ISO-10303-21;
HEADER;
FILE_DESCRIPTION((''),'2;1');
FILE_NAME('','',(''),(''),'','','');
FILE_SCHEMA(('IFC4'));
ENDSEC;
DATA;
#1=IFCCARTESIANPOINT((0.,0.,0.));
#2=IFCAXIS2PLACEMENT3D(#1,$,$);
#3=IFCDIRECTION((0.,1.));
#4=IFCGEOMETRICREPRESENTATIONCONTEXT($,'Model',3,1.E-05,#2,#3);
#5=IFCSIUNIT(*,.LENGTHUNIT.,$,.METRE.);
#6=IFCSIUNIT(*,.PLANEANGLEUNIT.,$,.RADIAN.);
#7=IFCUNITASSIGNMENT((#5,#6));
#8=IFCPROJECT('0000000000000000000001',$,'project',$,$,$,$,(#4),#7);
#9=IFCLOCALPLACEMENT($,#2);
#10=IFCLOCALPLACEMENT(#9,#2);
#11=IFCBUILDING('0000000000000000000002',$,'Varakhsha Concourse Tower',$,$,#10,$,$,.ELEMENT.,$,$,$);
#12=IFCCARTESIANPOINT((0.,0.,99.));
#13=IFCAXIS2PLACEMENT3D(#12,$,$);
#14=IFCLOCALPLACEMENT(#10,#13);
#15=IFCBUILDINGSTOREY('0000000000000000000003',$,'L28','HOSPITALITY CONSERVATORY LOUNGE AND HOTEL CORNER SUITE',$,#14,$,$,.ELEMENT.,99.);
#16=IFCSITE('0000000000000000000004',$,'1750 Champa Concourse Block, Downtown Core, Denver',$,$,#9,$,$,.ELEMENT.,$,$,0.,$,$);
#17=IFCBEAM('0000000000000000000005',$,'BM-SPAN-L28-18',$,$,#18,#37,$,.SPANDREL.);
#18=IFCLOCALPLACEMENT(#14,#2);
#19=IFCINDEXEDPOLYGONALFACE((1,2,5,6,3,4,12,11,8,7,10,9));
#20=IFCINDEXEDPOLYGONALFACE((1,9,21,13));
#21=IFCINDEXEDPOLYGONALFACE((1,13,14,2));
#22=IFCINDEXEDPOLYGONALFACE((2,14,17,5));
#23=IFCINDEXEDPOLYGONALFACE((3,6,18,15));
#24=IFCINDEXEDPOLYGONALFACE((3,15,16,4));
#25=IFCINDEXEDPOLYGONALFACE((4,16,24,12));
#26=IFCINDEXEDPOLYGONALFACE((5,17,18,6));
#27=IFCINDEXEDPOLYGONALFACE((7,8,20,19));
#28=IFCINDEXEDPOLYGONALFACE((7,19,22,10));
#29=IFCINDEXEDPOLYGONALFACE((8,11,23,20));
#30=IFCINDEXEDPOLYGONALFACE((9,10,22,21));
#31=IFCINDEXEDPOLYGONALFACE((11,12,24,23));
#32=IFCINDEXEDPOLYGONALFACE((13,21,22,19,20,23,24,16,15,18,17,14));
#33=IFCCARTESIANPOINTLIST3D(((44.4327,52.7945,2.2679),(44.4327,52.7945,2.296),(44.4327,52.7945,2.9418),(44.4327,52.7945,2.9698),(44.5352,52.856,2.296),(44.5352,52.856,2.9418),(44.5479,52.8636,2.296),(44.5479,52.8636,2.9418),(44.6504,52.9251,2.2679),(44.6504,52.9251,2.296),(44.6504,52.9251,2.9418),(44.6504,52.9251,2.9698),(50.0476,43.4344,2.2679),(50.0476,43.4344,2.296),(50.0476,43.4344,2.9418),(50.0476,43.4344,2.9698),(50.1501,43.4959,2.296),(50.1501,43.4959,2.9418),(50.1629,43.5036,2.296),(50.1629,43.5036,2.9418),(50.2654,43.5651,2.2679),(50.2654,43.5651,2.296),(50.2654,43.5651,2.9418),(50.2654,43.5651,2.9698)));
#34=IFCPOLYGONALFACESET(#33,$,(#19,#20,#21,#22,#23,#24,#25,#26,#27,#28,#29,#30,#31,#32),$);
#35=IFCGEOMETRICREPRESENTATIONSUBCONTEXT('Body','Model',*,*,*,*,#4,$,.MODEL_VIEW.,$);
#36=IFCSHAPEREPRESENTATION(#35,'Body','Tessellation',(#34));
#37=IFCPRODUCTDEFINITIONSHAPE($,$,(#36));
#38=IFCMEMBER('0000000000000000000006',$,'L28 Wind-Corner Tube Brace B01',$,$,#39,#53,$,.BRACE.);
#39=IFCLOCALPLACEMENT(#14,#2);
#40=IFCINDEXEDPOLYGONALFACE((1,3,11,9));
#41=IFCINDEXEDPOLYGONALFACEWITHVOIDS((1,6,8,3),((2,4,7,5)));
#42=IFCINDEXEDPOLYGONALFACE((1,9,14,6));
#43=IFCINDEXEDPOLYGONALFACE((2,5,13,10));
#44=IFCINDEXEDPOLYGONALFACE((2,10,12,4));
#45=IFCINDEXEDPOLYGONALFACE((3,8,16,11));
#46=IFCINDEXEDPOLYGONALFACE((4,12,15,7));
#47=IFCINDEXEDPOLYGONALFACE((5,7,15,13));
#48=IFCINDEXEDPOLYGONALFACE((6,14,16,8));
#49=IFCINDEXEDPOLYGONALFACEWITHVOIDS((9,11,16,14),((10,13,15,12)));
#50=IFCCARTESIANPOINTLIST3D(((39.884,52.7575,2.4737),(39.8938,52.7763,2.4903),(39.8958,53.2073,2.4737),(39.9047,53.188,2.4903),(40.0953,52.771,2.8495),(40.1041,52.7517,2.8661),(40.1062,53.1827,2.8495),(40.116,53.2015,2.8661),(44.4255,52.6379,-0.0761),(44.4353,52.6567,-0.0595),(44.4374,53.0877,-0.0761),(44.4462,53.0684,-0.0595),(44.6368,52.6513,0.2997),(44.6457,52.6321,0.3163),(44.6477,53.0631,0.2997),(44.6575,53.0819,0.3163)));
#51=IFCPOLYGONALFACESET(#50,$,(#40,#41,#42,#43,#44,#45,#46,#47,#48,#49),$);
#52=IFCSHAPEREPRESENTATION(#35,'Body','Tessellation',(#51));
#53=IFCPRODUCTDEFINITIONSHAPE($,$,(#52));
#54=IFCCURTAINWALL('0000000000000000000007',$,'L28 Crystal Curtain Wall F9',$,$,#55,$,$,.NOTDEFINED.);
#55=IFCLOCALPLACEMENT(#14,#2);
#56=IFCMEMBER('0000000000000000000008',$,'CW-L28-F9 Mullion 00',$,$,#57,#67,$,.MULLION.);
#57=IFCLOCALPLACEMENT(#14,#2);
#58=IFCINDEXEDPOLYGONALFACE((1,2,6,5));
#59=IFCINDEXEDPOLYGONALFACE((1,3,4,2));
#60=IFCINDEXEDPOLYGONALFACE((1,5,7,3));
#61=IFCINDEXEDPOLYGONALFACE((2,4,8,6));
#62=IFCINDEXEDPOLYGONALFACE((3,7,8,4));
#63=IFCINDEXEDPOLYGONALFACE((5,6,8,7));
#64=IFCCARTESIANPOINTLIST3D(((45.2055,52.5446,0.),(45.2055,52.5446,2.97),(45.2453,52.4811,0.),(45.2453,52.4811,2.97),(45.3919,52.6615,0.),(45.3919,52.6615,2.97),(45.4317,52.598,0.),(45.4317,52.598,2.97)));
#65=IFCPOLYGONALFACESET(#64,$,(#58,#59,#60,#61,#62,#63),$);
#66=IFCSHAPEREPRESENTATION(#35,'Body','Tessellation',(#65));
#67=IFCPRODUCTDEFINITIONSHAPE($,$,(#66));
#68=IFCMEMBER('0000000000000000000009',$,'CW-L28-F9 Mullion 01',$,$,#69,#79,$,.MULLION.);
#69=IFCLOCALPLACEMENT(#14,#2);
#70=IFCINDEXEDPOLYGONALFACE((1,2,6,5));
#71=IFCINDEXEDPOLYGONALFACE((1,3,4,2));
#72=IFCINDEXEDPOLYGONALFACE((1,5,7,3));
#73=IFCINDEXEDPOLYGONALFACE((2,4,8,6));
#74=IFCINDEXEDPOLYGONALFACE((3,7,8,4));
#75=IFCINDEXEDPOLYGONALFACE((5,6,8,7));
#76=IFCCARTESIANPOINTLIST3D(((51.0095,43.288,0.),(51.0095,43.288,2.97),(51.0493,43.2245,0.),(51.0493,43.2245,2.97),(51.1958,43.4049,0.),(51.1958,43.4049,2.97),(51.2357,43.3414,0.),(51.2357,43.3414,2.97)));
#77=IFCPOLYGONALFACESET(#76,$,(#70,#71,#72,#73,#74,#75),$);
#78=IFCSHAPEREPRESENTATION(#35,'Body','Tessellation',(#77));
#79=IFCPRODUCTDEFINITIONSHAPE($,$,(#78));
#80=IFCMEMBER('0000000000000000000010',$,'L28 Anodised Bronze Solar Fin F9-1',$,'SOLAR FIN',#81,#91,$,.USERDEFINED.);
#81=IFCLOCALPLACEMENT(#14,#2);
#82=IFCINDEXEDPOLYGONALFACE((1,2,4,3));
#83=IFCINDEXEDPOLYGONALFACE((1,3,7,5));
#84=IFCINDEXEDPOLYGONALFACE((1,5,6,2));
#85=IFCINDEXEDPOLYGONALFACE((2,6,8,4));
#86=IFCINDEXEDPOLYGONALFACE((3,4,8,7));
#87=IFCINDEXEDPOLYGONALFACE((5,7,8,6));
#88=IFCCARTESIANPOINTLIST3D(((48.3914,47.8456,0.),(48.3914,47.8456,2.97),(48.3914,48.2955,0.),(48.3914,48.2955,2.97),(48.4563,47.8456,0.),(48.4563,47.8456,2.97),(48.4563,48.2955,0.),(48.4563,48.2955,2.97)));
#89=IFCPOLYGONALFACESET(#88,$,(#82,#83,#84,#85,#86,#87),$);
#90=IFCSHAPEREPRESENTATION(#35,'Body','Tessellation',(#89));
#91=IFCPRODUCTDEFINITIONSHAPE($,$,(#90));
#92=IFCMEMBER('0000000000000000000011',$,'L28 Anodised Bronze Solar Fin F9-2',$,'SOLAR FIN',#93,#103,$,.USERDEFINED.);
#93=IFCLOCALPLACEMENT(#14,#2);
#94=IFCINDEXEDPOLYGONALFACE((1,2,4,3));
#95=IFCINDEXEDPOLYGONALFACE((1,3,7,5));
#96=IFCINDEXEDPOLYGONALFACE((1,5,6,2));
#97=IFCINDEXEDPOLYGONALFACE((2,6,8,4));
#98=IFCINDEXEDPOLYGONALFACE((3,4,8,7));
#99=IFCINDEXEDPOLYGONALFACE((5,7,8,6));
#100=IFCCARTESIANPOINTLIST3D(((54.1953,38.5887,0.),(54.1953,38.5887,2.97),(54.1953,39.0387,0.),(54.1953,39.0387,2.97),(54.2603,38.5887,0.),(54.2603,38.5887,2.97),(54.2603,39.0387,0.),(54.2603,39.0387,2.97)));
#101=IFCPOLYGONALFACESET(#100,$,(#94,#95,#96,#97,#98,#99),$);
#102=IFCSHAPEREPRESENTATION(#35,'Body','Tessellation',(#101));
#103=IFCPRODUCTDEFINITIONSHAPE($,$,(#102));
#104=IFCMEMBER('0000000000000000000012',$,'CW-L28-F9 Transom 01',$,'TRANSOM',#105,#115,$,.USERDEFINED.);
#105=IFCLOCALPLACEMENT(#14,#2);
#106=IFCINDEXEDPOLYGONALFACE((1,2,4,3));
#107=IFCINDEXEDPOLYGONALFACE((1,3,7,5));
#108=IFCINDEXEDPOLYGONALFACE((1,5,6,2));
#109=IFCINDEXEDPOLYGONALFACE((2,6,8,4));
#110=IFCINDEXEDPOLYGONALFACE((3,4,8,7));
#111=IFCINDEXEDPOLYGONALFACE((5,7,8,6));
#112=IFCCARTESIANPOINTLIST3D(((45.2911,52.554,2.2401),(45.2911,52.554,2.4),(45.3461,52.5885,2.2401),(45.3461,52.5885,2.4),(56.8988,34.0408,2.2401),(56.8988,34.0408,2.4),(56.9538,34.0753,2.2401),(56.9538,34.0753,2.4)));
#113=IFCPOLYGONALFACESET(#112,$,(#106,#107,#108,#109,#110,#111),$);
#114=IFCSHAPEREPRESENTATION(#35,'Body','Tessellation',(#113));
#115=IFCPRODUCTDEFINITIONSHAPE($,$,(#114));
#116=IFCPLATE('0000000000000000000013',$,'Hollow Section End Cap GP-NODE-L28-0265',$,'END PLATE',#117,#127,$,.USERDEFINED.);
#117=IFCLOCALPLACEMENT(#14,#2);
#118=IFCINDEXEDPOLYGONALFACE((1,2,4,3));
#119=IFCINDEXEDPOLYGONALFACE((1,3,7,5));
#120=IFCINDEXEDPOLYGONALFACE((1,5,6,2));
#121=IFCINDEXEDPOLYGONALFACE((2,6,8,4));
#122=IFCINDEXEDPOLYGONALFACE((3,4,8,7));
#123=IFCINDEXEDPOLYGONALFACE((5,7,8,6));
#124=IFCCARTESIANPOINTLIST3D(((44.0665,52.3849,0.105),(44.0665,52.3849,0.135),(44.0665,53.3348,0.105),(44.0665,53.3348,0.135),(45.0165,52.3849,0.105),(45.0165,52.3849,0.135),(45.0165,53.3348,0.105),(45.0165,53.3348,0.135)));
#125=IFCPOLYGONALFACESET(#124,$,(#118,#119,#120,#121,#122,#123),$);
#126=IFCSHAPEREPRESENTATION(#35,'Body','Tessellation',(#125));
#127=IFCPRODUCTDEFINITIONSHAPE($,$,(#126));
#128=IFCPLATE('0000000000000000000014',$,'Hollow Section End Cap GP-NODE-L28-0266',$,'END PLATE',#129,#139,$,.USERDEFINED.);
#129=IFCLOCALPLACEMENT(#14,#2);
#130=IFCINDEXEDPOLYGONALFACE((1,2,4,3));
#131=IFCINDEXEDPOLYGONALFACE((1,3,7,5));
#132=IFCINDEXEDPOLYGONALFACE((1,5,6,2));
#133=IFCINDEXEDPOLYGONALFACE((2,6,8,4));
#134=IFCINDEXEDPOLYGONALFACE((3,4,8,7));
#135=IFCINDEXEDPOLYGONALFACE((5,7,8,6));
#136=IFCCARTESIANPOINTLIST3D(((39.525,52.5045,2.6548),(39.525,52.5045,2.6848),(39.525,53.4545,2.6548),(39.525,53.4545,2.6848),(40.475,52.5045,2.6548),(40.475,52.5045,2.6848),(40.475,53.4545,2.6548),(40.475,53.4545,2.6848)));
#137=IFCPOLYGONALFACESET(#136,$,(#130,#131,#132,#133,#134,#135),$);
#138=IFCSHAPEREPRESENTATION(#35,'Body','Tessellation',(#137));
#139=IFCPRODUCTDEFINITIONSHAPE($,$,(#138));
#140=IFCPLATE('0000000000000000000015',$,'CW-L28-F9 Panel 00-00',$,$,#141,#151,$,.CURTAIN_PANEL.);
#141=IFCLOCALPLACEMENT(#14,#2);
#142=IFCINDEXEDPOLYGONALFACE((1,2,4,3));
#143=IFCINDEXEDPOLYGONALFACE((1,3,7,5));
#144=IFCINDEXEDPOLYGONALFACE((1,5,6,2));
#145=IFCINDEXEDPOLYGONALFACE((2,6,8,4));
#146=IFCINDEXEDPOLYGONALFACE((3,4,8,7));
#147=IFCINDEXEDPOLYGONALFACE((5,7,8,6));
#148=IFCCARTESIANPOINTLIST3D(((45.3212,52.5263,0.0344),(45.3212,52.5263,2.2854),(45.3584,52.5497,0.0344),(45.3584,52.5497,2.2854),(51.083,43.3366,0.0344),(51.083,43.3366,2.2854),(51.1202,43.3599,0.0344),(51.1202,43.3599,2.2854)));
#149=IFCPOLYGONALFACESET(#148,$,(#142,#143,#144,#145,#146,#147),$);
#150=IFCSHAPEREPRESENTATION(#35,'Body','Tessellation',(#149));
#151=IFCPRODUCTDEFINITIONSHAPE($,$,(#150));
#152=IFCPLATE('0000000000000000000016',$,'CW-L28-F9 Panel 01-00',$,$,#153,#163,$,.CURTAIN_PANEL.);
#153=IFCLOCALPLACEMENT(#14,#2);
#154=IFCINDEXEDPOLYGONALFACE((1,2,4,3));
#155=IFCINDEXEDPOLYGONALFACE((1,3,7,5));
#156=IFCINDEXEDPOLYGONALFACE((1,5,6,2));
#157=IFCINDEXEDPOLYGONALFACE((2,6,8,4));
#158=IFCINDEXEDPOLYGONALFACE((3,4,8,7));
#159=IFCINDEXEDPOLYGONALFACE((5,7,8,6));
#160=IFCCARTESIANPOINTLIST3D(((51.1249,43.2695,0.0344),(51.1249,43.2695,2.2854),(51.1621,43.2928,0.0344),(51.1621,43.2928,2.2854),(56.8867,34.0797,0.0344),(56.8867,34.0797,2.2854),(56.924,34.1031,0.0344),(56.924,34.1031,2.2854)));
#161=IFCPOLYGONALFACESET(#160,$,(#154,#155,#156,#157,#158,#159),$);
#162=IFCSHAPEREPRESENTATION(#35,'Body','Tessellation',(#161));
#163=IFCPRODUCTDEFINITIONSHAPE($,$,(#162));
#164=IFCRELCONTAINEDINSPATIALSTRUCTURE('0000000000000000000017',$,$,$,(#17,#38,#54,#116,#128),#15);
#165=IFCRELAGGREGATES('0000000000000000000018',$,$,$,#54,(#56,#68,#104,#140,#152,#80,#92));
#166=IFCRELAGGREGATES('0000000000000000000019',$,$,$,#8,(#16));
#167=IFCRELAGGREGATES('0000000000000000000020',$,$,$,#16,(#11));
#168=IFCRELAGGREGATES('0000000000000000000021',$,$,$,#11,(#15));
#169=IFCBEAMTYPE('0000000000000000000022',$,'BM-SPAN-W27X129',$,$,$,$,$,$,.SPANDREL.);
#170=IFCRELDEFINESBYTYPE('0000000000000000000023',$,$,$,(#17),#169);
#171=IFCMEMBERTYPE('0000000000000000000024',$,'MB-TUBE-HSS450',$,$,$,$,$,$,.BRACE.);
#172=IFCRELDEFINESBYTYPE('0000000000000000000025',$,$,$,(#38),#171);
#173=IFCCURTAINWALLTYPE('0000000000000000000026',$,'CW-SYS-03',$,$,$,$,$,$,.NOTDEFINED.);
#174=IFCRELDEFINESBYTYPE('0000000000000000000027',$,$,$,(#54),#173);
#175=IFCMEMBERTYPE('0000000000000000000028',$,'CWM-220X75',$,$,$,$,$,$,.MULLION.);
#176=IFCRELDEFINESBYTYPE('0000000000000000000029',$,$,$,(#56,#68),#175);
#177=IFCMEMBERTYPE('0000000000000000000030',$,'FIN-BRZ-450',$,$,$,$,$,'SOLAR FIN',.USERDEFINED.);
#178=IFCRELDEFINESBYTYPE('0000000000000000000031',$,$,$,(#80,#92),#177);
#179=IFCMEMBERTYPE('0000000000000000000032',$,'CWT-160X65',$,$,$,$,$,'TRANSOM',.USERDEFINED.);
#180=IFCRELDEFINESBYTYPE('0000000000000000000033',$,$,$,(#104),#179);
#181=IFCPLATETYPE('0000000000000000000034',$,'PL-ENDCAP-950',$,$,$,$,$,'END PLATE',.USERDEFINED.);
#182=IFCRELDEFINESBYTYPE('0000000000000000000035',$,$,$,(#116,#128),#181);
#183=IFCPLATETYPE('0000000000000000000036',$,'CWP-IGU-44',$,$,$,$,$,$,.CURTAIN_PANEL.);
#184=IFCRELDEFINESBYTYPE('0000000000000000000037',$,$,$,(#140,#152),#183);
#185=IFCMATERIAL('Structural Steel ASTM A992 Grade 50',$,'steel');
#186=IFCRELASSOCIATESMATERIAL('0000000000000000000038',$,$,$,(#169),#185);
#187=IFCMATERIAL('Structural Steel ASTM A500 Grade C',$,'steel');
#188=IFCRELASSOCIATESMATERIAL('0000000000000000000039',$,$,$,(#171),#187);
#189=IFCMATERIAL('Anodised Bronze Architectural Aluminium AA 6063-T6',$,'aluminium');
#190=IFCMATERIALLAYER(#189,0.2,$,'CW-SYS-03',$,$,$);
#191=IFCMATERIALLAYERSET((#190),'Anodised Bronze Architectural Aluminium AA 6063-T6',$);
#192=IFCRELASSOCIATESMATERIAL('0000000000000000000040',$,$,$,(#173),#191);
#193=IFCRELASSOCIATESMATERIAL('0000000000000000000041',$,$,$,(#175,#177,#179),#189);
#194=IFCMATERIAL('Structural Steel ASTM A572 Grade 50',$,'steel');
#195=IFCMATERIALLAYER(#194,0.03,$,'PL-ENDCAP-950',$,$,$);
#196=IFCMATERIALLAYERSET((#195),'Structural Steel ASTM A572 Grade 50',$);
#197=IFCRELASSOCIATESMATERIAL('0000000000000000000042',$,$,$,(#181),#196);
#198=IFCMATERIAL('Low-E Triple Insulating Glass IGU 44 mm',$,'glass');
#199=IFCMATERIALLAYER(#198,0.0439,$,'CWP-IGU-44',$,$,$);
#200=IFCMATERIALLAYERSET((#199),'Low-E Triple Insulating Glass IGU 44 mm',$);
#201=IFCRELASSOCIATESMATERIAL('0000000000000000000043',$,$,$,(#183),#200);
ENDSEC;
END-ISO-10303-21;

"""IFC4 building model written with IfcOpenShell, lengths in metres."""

from ifc_helpers import new_model, si_unit, direction, frame, origin, origin_2d, place, context, subcontext, project, spatial, rectangle, hollow_rectangle, i_section, extrude, source, transform, mapped, material, layer, layer_set, material_profile, profile_set, type_object, type_shapes, element, aggregate, save


model = new_model("IFC4")

# Units and contexts
model_context = context("Model", 3, precision=1e-05, world=origin(), true_north=direction((0.0, 1.0)))
body_context = subcontext(model_context, "Body", "Model", "MODEL_VIEW")
ifc_project = project(units=[si_unit("LENGTHUNIT", "METRE"), si_unit("PLANEANGLEUNIT", "RADIAN")], contexts=[model_context])

# Site, building, storey
site_placement = place(None, origin())
site = spatial("IfcSite", under=ifc_project, at=site_placement, Name="1750 Champa Concourse Block, Downtown Core, Denver", CompositionType="ELEMENT", RefElevation=0.0)
building_placement = place(site_placement, origin())
building = spatial("IfcBuilding", under=site, at=building_placement, Name="Varakhsha Concourse Tower", CompositionType="ELEMENT")
storey_placement = place(building_placement, frame((0.0, 0.0, 99.0)))
storey = spatial("IfcBuildingStorey", under=building, at=storey_placement, Name="L28", Description="HOSPITALITY CONSERVATORY LOUNGE AND HOTEL CORNER SUITE", CompositionType="ELEMENT", Elevation=99.0)

# Shared definitions
ifc_material_1 = material(Name="Structural Steel ASTM A992 Grade 50", Category="steel")
ifc_material_2 = material(Name="Structural Steel ASTM A572 Grade 50", Category="steel")

# Beam
ifc_material_profile_1 = material_profile(ifc_material_1, i_section(OverallWidth=0.2539, OverallDepth=0.7019, WebThickness=0.0149, FlangeThickness=0.0281, at=origin_2d()), Name="W27X129")
ifc_profile_set_1 = profile_set([ifc_material_profile_1], Name="Structural Steel ASTM A992 Grade 50")
beam_type_1 = type_object("IfcBeamType", Name="BM-SPAN-W27X129", PredefinedType="SPANDREL", material=ifc_profile_set_1)
beam_1_placement = place(storey_placement, frame((50.1565, 43.4998, 2.6189), z_axis=(-0.514423, 0.857536, 0.0), x_axis=(-0.857536, -0.514423, 0.0)))
element("IfcBeam", 1, at=beam_1_placement, inside=storey, type_object=beam_type_1, Name="BM-SPAN-L28-18", PredefinedType="SPANDREL", context=body_context, shape_type="SweptSolid", body=[
    extrude(i_section(OverallWidth=0.2539, OverallDepth=0.7019, WebThickness=0.0149, FlangeThickness=0.0281, at=origin_2d()), origin(), (0.0, 0.0, 1.0), 10.915),
])

# Member
ifc_material_3 = material(Name="Structural Steel ASTM A500 Grade C", Category="steel")
ifc_material_profile_2 = material_profile(ifc_material_3, hollow_rectangle(XDim=0.45, YDim=0.45, WallThickness=0.019, at=origin_2d()), Name="HSS 450x450x19")
ifc_profile_set_2 = profile_set([ifc_material_profile_2], Name="Structural Steel ASTM A500 Grade C")
member_type_1 = type_object("IfcMemberType", Name="MB-TUBE-HSS450", PredefinedType="BRACE", material=ifc_profile_set_2)
shared_shape_1 = source(origin(), body_context, "Body", "SweptSolid", [
    extrude(hollow_rectangle(XDim=0.45, YDim=0.45, WallThickness=0.019, at=origin_2d()), origin(), (0.0, 0.0, 1.0), 5.2097),
])
type_shapes(member_type_1, [shared_shape_1])
member_1_placement = place(storey_placement, frame((44.5415, 52.8599, 0.1201), z_axis=(-0.871738, 0.022963, 0.489433), x_axis=(-0.026332, -0.999653, 0.0)))
element("IfcMember", 2, at=member_1_placement, inside=storey, type_object=member_type_1, Name="L28 Wind-Corner Tube Brace B01", PredefinedType="BRACE", context=body_context, shape_type="MappedRepresentation", body=[
    mapped(shared_shape_1, transform((0.0, 0.0, 0.0), scale=1.0)),
])

# Curtain wall, members
ifc_material_4 = material(Name="Anodised Bronze Architectural Aluminium AA 6063-T6", Category="aluminium")
ifc_layer_1 = layer(ifc_material_4, 0.2, Name="CW-SYS-03")
ifc_layer_set_1 = layer_set([ifc_layer_1], Name="Anodised Bronze Architectural Aluminium AA 6063-T6")
curtain_wall_type = type_object("IfcCurtainWallType", Name="CW-SYS-03", PredefinedType="NOTDEFINED", material=ifc_layer_set_1)
curtain_wall_placement = place(storey_placement, origin())
curtain_wall = element("IfcCurtainWall", 3, at=curtain_wall_placement, inside=storey, type_object=curtain_wall_type, Name="L28 Crystal Curtain Wall F9", PredefinedType="NOTDEFINED")
ifc_material_profile_3 = material_profile(ifc_material_4, rectangle(XDim=0.075, YDim=0.22, at=origin_2d()), Name="CWM-220X75")
ifc_profile_set_3 = profile_set([ifc_material_profile_3], Name="Anodised Bronze Architectural Aluminium AA 6063-T6")
member_type_2 = type_object("IfcMemberType", Name="CWM-220X75", PredefinedType="MULLION", material=ifc_profile_set_3)
shared_shape_2 = source(origin(), body_context, "Body", "SweptSolid", [
    extrude(rectangle(XDim=0.075, YDim=0.22, at=origin_2d()), origin(), (0.0, 0.0, 1.0), 2.97),
])
type_shapes(member_type_2, [shared_shape_2])
member_2_placement = place(storey_placement, frame((45.3186, 52.5713, 0.0), z_axis=(0.0, 0.0, 1.0), x_axis=(0.531209, -0.847241, 0.0)))
member_2 = element("IfcMember", 4, at=member_2_placement, type_object=member_type_2, Name="CW-L28-F9 Mullion 00", PredefinedType="MULLION", context=body_context, shape_type="MappedRepresentation", body=[
    mapped(shared_shape_2, transform((0.0, 0.0, 0.0), scale=1.0)),
])
member_3_placement = place(storey_placement, frame((51.1226, 43.3147, 0.0), z_axis=(0.0, 0.0, 1.0), x_axis=(0.531209, -0.847241, 0.0)))
member_3 = element("IfcMember", 5, at=member_3_placement, type_object=member_type_2, Name="CW-L28-F9 Mullion 01", PredefinedType="MULLION", context=body_context, shape_type="MappedRepresentation", body=[
    mapped(shared_shape_2, transform((0.0, 0.0, 0.0), scale=1.0)),
])
ifc_material_profile_4 = material_profile(ifc_material_4, rectangle(XDim=0.0649, YDim=0.45, at=origin_2d()), Name="FIN-BRZ-450")
ifc_profile_set_4 = profile_set([ifc_material_profile_4], Name="Anodised Bronze Architectural Aluminium AA 6063-T6")
member_type_3 = type_object("IfcMemberType", Name="FIN-BRZ-450", ElementType="SOLAR FIN", PredefinedType="USERDEFINED", material=ifc_profile_set_4)
shared_shape_3 = source(origin(), body_context, "Body", "SweptSolid", [
    extrude(rectangle(XDim=0.0649, YDim=0.45, at=origin_2d()), origin(), (0.0, 0.0, 1.0), 2.97),
])
type_shapes(member_type_3, [shared_shape_3])
member_4_placement = place(storey_placement, frame((48.4238, 48.0706, 0.0), z_axis=(0.0, 0.0, 1.0), x_axis=(1.0, 0.0, 0.0)))
member_4 = element("IfcMember", 6, at=member_4_placement, type_object=member_type_3, Name="L28 Anodised Bronze Solar Fin F9-1", ObjectType="SOLAR FIN", PredefinedType="USERDEFINED", context=body_context, shape_type="MappedRepresentation", body=[
    mapped(shared_shape_3, transform((0.0, 0.0, 0.0), scale=1.0)),
])
member_5_placement = place(storey_placement, frame((54.2278, 38.8137, 0.0), z_axis=(0.0, 0.0, 1.0), x_axis=(1.0, 0.0, 0.0)))
member_5 = element("IfcMember", 7, at=member_5_placement, type_object=member_type_3, Name="L28 Anodised Bronze Solar Fin F9-2", ObjectType="SOLAR FIN", PredefinedType="USERDEFINED", context=body_context, shape_type="MappedRepresentation", body=[
    mapped(shared_shape_3, transform((0.0, 0.0, 0.0), scale=1.0)),
])
ifc_material_profile_5 = material_profile(ifc_material_4, rectangle(XDim=0.0649, YDim=0.1599, at=origin_2d()), Name="CWT-160X65")
ifc_profile_set_5 = profile_set([ifc_material_profile_5], Name="Anodised Bronze Architectural Aluminium AA 6063-T6")
member_type_4 = type_object("IfcMemberType", Name="CWT-160X65", ElementType="TRANSOM", PredefinedType="USERDEFINED", material=ifc_profile_set_5)
shared_shape_4 = source(origin(), body_context, "Body", "SweptSolid", [
    extrude(rectangle(XDim=0.0649, YDim=0.1599, at=origin_2d()), origin(), (0.0, 0.0, 1.0), 21.8513),
])
type_shapes(member_type_4, [shared_shape_4])
member_6_placement = place(storey_placement, frame((45.3186, 52.5713, 2.3201), z_axis=(0.531214, -0.847238, 0.0), x_axis=(0.847238, 0.531214, 0.0)))
member_6 = element("IfcMember", 8, at=member_6_placement, type_object=member_type_4, Name="CW-L28-F9 Transom 01", ObjectType="TRANSOM", PredefinedType="USERDEFINED", context=body_context, shape_type="MappedRepresentation", body=[
    mapped(shared_shape_4, transform((0.0, 0.0, 0.0), scale=1.0)),
])

# Plates
ifc_layer_2 = layer(ifc_material_2, 0.03, Name="PL-ENDCAP-950")
ifc_layer_set_2 = layer_set([ifc_layer_2], Name="Structural Steel ASTM A572 Grade 50")
plate_type_1 = type_object("IfcPlateType", Name="PL-ENDCAP-950", ElementType="END PLATE", PredefinedType="USERDEFINED", material=ifc_layer_set_2)
shared_shape_5 = source(origin(), body_context, "Body", "SweptSolid", [
    extrude(rectangle(XDim=0.95, YDim=0.95, at=origin_2d()), origin(), (0.0, 0.0, 1.0), 0.03),
])
type_shapes(plate_type_1, [shared_shape_5])
for number, where, z_axis, x_axis, name in (
    (9, (44.5415, 52.8599, 0.105), (0.0, 0.0, 1.0), (1.0, 0.0, 0.0), "Hollow Section End Cap GP-NODE-L28-0265"),
    (10, (40.0, 52.9795, 2.6548), (0.0, 0.0, 1.0), (1.0, 0.0, 0.0), "Hollow Section End Cap GP-NODE-L28-0266"),
):
    element("IfcPlate", number, at=place(storey_placement, frame(where, z_axis=z_axis, x_axis=x_axis)), inside=storey, type_object=plate_type_1, Name=name, ObjectType="END PLATE", PredefinedType="USERDEFINED", context=body_context, shape_type="MappedRepresentation", body=[
        mapped(shared_shape_5, transform((0.0, 0.0, 0.0), scale=1.0)),
    ])

# Plates
ifc_material_5 = material(Name="Low-E Triple Insulating Glass IGU 44 mm", Category="glass")
ifc_layer_3 = layer(ifc_material_5, 0.0439, Name="CWP-IGU-44")
ifc_layer_set_3 = layer_set([ifc_layer_3], Name="Low-E Triple Insulating Glass IGU 44 mm")
plate_type_2 = type_object("IfcPlateType", Name="CWP-IGU-44", PredefinedType="CURTAIN_PANEL", material=ifc_layer_set_3)
shared_shape_6 = source(origin(), body_context, "Body", "SweptSolid", [
    extrude(rectangle(XDim=10.8467, YDim=0.0439, at=origin_2d()), origin(), (0.0, 0.0, 1.0), 2.251),
])
type_shapes(plate_type_2, [shared_shape_6])
plate_1_placement = place(storey_placement, frame((48.2207, 47.9431, 0.0344), z_axis=(0.0, 0.0, 1.0), x_axis=(0.531209, -0.847241, 0.0)))
plate_1 = element("IfcPlate", 11, at=plate_1_placement, type_object=plate_type_2, Name="CW-L28-F9 Panel 00-00", PredefinedType="CURTAIN_PANEL", context=body_context, shape_type="MappedRepresentation", body=[
    mapped(shared_shape_6, transform((0.0, 0.0, 0.0), scale=1.0)),
])
plate_2_placement = place(storey_placement, frame((54.0244, 38.6863, 0.0344), z_axis=(0.0, 0.0, 1.0), x_axis=(0.531209, -0.847241, 0.0)))
plate_2 = element("IfcPlate", 12, at=plate_2_placement, type_object=plate_type_2, Name="CW-L28-F9 Panel 01-00", PredefinedType="CURTAIN_PANEL", context=body_context, shape_type="MappedRepresentation", body=[
    mapped(shared_shape_6, transform((0.0, 0.0, 0.0), scale=1.0)),
])
aggregate(curtain_wall, [member_2, member_3, member_6, plate_1, plate_2, member_4, member_5])

save(model, "model.ifc")
